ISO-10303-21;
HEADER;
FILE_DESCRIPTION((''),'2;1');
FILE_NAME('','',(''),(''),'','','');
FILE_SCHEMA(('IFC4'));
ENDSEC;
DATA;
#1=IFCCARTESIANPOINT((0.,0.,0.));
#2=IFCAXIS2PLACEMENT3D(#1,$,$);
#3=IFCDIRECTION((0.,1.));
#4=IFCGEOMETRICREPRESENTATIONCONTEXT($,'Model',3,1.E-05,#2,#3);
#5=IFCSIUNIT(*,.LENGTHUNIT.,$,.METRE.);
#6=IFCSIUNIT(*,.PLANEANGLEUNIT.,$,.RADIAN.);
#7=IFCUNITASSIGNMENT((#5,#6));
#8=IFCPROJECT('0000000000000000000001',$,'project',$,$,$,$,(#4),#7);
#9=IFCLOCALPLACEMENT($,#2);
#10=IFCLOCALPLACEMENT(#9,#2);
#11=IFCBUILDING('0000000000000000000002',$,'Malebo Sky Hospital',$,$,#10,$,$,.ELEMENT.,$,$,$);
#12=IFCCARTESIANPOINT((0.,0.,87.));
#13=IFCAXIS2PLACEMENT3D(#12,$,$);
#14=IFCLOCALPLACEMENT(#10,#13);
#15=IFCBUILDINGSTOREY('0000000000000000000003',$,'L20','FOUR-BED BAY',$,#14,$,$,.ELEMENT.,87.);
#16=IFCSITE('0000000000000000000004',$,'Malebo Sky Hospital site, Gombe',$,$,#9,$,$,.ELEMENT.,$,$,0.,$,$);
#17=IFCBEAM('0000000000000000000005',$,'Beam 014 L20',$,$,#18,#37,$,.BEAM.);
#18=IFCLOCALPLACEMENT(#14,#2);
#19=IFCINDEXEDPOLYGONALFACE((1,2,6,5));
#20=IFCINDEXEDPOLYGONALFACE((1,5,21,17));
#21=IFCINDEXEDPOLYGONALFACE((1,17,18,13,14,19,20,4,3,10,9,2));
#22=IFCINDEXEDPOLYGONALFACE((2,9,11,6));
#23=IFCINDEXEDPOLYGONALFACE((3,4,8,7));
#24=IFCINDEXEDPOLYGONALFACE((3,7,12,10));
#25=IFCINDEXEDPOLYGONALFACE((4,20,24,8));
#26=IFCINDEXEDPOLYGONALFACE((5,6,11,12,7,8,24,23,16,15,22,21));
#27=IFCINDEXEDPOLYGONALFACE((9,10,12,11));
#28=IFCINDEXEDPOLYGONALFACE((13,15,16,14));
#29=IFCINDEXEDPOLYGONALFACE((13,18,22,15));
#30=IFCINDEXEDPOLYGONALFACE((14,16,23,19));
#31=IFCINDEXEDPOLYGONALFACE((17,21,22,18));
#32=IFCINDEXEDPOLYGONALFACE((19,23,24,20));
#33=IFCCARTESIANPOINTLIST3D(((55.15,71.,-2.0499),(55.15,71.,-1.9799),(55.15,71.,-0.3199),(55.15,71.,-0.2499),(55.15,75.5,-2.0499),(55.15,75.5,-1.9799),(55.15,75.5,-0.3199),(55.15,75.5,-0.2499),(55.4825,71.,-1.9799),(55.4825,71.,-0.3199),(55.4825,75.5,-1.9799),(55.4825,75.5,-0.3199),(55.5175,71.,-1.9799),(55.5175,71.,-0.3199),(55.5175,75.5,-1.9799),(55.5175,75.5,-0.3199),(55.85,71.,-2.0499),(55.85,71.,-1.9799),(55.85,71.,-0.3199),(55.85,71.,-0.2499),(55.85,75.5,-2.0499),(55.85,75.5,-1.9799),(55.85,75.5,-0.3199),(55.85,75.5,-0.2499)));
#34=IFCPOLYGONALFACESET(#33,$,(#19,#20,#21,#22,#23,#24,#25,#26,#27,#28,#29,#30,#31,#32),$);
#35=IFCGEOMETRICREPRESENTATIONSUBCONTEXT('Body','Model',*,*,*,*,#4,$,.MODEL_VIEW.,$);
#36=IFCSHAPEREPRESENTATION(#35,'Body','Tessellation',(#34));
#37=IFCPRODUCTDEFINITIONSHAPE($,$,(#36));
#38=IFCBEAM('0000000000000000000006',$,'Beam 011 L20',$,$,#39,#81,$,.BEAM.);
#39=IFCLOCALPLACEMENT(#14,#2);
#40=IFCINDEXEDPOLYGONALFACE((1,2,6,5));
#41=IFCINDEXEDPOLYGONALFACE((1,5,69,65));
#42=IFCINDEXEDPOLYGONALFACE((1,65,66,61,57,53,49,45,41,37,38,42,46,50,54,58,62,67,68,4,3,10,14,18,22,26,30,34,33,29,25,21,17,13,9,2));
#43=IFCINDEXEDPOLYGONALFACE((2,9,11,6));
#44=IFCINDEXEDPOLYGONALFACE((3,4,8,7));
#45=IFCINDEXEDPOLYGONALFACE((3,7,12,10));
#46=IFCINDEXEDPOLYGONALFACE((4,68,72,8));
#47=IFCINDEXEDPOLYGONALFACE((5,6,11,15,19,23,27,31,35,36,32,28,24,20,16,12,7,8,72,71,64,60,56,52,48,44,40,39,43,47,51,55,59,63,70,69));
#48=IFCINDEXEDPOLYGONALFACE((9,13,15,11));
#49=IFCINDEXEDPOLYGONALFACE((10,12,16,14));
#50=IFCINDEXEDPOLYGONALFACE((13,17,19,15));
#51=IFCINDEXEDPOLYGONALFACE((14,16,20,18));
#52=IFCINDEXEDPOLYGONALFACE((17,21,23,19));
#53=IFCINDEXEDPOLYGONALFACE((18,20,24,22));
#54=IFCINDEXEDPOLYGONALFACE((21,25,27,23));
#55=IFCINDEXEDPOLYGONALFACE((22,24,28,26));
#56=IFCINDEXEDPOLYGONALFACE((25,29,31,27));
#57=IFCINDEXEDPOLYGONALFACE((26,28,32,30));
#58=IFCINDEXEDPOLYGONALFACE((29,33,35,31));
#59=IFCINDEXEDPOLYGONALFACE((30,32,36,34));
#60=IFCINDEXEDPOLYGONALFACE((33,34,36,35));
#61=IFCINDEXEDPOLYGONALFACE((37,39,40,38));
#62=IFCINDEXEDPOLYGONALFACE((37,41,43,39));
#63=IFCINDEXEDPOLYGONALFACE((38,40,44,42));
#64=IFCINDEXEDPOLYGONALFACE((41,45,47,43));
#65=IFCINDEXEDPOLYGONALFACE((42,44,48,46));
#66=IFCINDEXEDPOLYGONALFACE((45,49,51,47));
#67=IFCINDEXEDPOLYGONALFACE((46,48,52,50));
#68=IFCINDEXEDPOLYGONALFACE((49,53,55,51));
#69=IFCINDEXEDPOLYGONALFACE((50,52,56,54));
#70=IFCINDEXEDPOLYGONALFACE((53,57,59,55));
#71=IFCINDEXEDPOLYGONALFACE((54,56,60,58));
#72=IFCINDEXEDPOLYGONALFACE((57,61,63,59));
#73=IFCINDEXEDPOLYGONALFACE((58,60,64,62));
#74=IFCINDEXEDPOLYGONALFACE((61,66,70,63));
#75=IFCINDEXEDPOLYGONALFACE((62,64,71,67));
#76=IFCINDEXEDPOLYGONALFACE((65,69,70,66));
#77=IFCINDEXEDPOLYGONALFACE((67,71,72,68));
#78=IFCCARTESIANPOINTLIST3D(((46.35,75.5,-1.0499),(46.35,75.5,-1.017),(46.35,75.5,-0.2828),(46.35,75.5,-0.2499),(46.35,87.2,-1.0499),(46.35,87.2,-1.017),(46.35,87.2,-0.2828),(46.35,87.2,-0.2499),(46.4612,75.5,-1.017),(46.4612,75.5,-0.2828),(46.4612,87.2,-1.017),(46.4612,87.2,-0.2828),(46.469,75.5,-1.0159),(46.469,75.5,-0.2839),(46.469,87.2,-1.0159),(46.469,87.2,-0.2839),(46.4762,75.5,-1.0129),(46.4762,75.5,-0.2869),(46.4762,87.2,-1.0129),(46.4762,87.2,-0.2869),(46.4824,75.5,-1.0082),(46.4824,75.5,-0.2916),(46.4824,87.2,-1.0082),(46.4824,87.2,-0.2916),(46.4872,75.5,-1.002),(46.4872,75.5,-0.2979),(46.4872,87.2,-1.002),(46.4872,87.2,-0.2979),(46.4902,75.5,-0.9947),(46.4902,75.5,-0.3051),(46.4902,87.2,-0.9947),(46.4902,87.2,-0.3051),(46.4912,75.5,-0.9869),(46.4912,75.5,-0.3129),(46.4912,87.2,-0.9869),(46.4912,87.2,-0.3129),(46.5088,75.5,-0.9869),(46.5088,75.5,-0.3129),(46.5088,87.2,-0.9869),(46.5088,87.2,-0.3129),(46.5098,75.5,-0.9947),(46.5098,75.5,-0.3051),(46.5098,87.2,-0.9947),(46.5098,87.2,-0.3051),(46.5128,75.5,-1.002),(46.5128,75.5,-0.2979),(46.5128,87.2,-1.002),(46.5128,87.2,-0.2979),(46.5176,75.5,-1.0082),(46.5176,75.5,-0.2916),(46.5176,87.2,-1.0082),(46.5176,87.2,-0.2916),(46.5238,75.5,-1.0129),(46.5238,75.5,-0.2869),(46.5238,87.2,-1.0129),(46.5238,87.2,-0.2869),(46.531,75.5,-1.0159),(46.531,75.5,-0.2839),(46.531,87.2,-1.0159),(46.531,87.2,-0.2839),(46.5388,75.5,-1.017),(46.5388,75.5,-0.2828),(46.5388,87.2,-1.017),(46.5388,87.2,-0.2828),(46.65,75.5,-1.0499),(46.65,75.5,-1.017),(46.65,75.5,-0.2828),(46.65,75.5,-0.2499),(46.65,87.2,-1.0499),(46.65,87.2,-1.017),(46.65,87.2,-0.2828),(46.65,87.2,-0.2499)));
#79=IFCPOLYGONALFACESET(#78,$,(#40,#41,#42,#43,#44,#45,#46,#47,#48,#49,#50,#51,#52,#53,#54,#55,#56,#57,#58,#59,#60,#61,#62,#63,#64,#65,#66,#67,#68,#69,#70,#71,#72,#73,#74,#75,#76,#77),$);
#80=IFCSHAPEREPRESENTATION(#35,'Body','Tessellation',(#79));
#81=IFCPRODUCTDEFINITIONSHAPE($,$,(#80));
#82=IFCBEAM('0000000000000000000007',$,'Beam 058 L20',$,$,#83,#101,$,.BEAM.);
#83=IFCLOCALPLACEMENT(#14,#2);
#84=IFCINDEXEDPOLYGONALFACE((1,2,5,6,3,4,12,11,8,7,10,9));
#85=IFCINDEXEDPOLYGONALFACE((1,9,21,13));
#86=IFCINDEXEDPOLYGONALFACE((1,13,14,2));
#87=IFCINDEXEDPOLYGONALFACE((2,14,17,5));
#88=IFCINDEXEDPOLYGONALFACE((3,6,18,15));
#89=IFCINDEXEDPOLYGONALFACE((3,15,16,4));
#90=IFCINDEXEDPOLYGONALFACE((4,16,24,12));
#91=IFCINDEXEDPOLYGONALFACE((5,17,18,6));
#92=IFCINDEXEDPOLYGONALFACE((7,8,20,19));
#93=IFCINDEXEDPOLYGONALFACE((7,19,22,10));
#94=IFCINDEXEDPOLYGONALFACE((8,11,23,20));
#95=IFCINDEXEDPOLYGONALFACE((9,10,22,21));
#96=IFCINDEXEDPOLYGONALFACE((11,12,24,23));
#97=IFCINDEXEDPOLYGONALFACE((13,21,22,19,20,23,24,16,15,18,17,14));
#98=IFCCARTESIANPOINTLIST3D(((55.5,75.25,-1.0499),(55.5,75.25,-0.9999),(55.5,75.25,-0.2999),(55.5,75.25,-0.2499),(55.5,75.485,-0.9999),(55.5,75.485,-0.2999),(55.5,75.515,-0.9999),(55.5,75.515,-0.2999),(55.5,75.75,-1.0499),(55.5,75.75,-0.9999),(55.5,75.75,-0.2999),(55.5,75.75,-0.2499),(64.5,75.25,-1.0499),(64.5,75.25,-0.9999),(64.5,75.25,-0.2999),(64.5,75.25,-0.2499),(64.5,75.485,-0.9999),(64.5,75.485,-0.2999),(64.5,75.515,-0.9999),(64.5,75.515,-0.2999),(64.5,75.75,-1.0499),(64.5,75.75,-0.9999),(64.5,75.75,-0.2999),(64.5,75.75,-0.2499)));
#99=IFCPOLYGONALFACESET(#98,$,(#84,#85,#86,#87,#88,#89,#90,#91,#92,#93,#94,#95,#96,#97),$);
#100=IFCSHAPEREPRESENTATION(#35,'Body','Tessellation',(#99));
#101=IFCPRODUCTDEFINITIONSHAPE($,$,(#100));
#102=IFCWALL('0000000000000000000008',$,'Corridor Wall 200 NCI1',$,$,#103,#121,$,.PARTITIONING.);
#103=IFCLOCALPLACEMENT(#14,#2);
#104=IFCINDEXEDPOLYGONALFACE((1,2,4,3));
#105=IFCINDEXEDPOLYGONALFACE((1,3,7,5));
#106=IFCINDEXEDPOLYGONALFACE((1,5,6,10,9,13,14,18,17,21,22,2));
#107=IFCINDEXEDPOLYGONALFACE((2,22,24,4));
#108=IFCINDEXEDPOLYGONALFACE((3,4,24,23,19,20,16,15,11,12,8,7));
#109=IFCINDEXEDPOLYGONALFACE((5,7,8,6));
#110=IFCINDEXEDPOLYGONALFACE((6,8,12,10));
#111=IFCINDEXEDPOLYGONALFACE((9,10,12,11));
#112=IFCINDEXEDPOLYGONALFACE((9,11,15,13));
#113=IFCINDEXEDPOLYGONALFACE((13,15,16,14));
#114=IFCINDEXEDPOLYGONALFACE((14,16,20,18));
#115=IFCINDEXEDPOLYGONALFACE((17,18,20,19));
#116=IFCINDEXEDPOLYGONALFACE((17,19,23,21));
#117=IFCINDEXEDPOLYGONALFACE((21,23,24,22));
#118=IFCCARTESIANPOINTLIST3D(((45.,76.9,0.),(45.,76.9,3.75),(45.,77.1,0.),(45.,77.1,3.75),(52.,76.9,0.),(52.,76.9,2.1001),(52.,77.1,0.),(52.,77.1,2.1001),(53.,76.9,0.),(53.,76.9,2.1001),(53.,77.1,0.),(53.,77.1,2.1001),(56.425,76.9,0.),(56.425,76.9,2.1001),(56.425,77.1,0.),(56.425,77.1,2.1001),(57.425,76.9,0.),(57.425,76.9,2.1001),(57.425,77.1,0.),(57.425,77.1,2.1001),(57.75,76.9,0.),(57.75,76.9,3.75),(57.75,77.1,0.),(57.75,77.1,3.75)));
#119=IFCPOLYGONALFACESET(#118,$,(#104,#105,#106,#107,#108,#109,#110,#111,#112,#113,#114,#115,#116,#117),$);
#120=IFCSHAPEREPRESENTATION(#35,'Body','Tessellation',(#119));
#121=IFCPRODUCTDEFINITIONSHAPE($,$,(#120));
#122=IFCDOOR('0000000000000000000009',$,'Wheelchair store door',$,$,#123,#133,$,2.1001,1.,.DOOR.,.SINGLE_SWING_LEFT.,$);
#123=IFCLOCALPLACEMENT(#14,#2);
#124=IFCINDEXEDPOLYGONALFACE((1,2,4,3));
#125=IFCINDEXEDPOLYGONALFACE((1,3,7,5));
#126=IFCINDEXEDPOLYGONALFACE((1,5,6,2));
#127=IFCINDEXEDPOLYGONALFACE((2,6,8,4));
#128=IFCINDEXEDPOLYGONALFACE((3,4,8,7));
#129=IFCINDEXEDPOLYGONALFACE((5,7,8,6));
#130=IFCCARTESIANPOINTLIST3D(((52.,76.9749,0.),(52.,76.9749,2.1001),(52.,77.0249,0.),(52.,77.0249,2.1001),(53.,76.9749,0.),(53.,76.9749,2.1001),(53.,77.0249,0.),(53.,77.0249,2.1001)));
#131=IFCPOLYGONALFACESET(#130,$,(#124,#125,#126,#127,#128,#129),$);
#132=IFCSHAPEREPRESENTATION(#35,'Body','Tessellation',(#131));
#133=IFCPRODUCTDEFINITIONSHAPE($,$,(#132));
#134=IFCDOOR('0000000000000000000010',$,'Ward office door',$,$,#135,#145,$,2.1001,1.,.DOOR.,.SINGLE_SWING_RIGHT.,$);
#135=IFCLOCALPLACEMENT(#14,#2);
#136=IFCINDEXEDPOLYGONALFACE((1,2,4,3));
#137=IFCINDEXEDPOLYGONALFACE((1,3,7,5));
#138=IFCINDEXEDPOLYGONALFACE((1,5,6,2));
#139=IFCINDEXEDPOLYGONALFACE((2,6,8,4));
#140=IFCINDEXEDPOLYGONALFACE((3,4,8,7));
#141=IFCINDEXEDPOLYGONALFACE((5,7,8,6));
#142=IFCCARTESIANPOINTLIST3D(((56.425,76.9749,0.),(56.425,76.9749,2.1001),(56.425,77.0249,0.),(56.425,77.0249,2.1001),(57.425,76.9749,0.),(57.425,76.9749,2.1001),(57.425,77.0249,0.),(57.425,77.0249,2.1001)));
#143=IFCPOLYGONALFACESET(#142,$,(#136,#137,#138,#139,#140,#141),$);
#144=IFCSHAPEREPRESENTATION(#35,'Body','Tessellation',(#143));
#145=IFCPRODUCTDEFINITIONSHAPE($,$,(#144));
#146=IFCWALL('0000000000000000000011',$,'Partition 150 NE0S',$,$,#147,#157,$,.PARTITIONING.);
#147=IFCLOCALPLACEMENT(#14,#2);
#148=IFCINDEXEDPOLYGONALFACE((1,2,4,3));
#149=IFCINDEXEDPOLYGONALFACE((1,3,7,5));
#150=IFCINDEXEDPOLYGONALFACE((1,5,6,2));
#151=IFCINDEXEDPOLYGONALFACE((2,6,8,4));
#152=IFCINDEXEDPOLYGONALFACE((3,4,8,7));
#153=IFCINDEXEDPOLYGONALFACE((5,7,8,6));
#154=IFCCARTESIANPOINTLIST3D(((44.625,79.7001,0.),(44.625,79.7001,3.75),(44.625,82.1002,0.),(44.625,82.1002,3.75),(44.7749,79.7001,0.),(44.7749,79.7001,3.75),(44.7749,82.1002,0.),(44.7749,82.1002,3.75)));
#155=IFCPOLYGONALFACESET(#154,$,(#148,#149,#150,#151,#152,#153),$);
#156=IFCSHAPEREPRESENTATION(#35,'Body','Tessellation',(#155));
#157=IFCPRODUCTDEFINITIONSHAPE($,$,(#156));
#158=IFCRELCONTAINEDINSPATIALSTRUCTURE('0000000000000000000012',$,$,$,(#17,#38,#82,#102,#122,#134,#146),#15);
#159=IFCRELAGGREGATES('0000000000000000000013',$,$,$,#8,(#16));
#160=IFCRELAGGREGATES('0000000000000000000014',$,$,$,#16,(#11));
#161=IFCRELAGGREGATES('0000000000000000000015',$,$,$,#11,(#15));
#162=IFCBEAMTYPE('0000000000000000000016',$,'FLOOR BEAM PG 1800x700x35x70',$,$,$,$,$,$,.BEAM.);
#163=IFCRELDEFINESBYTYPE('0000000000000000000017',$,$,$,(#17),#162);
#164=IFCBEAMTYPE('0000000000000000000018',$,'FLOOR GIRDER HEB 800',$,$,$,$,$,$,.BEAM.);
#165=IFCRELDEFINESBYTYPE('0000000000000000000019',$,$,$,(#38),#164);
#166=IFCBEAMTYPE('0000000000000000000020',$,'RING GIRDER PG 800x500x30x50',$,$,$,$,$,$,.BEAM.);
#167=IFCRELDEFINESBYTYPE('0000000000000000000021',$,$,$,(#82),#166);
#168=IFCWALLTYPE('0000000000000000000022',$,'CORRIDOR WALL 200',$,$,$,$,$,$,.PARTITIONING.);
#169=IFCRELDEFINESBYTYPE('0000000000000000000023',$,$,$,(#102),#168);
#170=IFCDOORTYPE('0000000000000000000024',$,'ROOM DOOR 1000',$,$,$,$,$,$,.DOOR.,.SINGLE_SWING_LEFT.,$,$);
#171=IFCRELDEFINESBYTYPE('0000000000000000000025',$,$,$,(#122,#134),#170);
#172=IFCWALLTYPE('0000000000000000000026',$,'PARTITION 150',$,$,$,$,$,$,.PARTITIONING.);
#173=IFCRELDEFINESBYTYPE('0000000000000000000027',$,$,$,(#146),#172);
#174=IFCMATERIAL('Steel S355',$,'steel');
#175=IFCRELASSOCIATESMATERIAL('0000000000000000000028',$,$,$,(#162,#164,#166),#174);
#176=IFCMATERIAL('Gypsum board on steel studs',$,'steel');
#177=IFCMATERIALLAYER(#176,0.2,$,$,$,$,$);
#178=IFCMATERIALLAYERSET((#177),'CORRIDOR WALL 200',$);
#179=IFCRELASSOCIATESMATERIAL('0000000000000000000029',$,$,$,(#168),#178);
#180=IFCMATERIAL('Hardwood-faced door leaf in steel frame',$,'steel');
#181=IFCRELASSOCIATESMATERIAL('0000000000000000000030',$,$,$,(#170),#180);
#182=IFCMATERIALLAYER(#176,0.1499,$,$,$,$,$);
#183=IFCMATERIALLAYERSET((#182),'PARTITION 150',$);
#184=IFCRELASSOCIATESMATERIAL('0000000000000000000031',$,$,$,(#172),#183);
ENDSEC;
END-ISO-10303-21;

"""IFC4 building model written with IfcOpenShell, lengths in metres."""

from ifc_helpers import new_model, si_unit, direction, frame, frame_2d, origin, origin_2d, place, context, subcontext, project, spatial, rectangle, i_section, extrude, material, layer, layer_set, material_profile, profile_set, type_object, element, fill, save


model = new_model("IFC4")

# Units and contexts
model_context = context("Model", 3, precision=1e-05, world=origin(), true_north=direction((0.0, 1.0)))
body_context = subcontext(model_context, "Body", "Model", "MODEL_VIEW")
ifc_project = project(units=[si_unit("LENGTHUNIT", "METRE"), si_unit("PLANEANGLEUNIT", "RADIAN")], contexts=[model_context])

# Site, building, storey
site_placement = place(None, origin())
site = spatial("IfcSite", under=ifc_project, at=site_placement, Name="Malebo Sky Hospital site, Gombe", CompositionType="ELEMENT", RefElevation=0.0)
building_placement = place(site_placement, origin())
building = spatial("IfcBuilding", under=site, at=building_placement, Name="Malebo Sky Hospital", CompositionType="ELEMENT")
storey_placement = place(building_placement, frame((0.0, 0.0, 87.0)))
storey = spatial("IfcBuildingStorey", under=building, at=storey_placement, Name="L20", Description="FOUR-BED BAY", CompositionType="ELEMENT", Elevation=87.0)

# Beams
ifc_material_1 = material(Name="Steel S355", Category="steel")
ifc_material_profile_1 = material_profile(ifc_material_1, i_section(OverallWidth=0.7, OverallDepth=1.8, WebThickness=0.0349, FlangeThickness=0.0701, at=origin_2d()), Name="PG 1800x700x35x70")
ifc_profile_set_1 = profile_set([ifc_material_profile_1], Name="Steel S355")
beam_type_1 = type_object("IfcBeamType", Name="FLOOR BEAM PG 1800x700x35x70", PredefinedType="BEAM", material=ifc_profile_set_1)
beam_1_placement = place(storey_placement, frame((55.5, 71.0, -1.1499), z_axis=(0.0, 1.0, 0.0), x_axis=(-1.0, 0.0, 0.0)))
element("IfcBeam", 1, at=beam_1_placement, inside=storey, type_object=beam_type_1, Name="Beam 014 L20", PredefinedType="BEAM", context=body_context, shape_type="SweptSolid", body=[
    extrude(i_section(OverallWidth=0.7, OverallDepth=1.8, WebThickness=0.0349, FlangeThickness=0.0701, at=origin_2d()), origin(), (0.0, 0.0, 1.0), 4.5),
])
ifc_material_profile_2 = material_profile(ifc_material_1, i_section(OverallWidth=0.3, OverallDepth=0.8, WebThickness=0.0176, FlangeThickness=0.033, FilletRadius=0.03, at=origin_2d()), Name="HEB 800")
ifc_profile_set_2 = profile_set([ifc_material_profile_2], Name="Steel S355")
beam_type_2 = type_object("IfcBeamType", Name="FLOOR GIRDER HEB 800", PredefinedType="BEAM", material=ifc_profile_set_2)
beam_2_placement = place(storey_placement, frame((46.5, 75.5, -0.6499), z_axis=(0.0, 1.0, 0.0), x_axis=(-1.0, 0.0, 0.0)))
element("IfcBeam", 2, at=beam_2_placement, inside=storey, type_object=beam_type_2, Name="Beam 011 L20", PredefinedType="BEAM", context=body_context, shape_type="SweptSolid", body=[
    extrude(i_section(OverallWidth=0.3, OverallDepth=0.8, WebThickness=0.0176, FlangeThickness=0.033, FilletRadius=0.03, at=origin_2d()), origin(), (0.0, 0.0, 1.0), 11.7),
])
ifc_material_profile_3 = material_profile(ifc_material_1, i_section(OverallWidth=0.5, OverallDepth=0.8, WebThickness=0.03, FlangeThickness=0.05, at=origin_2d()), Name="PG 800x500x30x50")
ifc_profile_set_3 = profile_set([ifc_material_profile_3], Name="Steel S355")
beam_type_3 = type_object("IfcBeamType", Name="RING GIRDER PG 800x500x30x50", PredefinedType="BEAM", material=ifc_profile_set_3)
beam_3_placement = place(storey_placement, frame((55.5, 75.5, -0.6499), z_axis=(1.0, 0.0, 0.0), x_axis=(0.0, 1.0, 0.0)))
element("IfcBeam", 3, at=beam_3_placement, inside=storey, type_object=beam_type_3, Name="Beam 058 L20", PredefinedType="BEAM", context=body_context, shape_type="SweptSolid", body=[
    extrude(i_section(OverallWidth=0.5, OverallDepth=0.8, WebThickness=0.03, FlangeThickness=0.05, at=origin_2d()), origin(), (0.0, 0.0, 1.0), 9.0),
])

# Wall, openings, doors
ifc_material_2 = material(Name="Gypsum board on steel studs", Category="steel")
ifc_layer_1 = layer(ifc_material_2, 0.2)
ifc_layer_set_1 = layer_set([ifc_layer_1], Name="CORRIDOR WALL 200")
wall_type_1 = type_object("IfcWallType", Name="CORRIDOR WALL 200", PredefinedType="PARTITIONING", material=ifc_layer_set_1)
wall_1_placement = place(storey_placement, frame((45.0, 77.0, 0.0), z_axis=(0.0, 0.0, 1.0), x_axis=(1.0, 0.0, 0.0)))
wall_1 = element("IfcWall", 4, at=wall_1_placement, inside=storey, type_object=wall_type_1, Name="Corridor Wall 200 NCI1", PredefinedType="PARTITIONING", context=body_context, shape_type="SweptSolid", body=[
    extrude(rectangle(XDim=12.75, YDim=0.2, at=frame_2d((6.375, 0.0))), origin(), (0.0, 0.0, 1.0), 3.75),
])
opening_1_placement = place(wall_1_placement, frame((7.0, 0.0, 0.0)))
opening_1 = element("IfcOpeningElement", 5, at=opening_1_placement, cuts=wall_1, PredefinedType="OPENING", context=body_context, shape_type="SweptSolid", body=[
    extrude(rectangle(XDim=1.0, YDim=2.1001, at=frame_2d((0.5, 1.05))), frame((0.0, 0.1099, 0.0), z_axis=(0.0, -1.0, 0.0), x_axis=(1.0, 0.0, 0.0)), (0.0, 0.0, 1.0), 0.22),
])
opening_2_placement = place(wall_1_placement, frame((11.425, 0.0, 0.0)))
opening_2 = element("IfcOpeningElement", 6, at=opening_2_placement, cuts=wall_1, PredefinedType="OPENING", context=body_context, shape_type="SweptSolid", body=[
    extrude(rectangle(XDim=1.0, YDim=2.1001, at=frame_2d((0.5, 1.05))), frame((0.0, 0.1099, 0.0), z_axis=(0.0, -1.0, 0.0), x_axis=(1.0, 0.0, 0.0)), (0.0, 0.0, 1.0), 0.22),
])
ifc_material_3 = material(Name="Hardwood-faced door leaf in steel frame", Category="steel")
door_type_1 = type_object("IfcDoorType", Name="ROOM DOOR 1000", OperationType="SINGLE_SWING_LEFT", PredefinedType="DOOR", material=ifc_material_3)
door_1_placement = place(opening_1_placement, origin())
door_1 = element("IfcDoor", 7, at=door_1_placement, inside=storey, type_object=door_type_1, Name="Wheelchair store door", OperationType="SINGLE_SWING_LEFT", OverallHeight=2.1001, OverallWidth=1.0, PredefinedType="DOOR", context=body_context, shape_type="SweptSolid", body=[
    extrude(rectangle(XDim=1.0, YDim=2.1001, at=frame_2d((0.5, 1.05))), frame((0.0, 0.0249, 0.0), z_axis=(0.0, -1.0, 0.0), x_axis=(1.0, 0.0, 0.0)), (0.0, 0.0, 1.0), 0.05),
])
fill(opening_1, door_1)
door_2_placement = place(opening_2_placement, origin())
door_2 = element("IfcDoor", 8, at=door_2_placement, inside=storey, type_object=door_type_1, Name="Ward office door", OperationType="SINGLE_SWING_RIGHT", OverallHeight=2.1001, OverallWidth=1.0, PredefinedType="DOOR", context=body_context, shape_type="SweptSolid", body=[
    extrude(rectangle(XDim=1.0, YDim=2.1001, at=frame_2d((0.5, 1.05))), frame((0.0, 0.0249, 0.0), z_axis=(0.0, -1.0, 0.0), x_axis=(1.0, 0.0, 0.0)), (0.0, 0.0, 1.0), 0.05),
])
fill(opening_2, door_2)

# Wall
ifc_layer_2 = layer(ifc_material_2, 0.1499)
ifc_layer_set_2 = layer_set([ifc_layer_2], Name="PARTITION 150")
wall_type_2 = type_object("IfcWallType", Name="PARTITION 150", PredefinedType="PARTITIONING", material=ifc_layer_set_2)
wall_2_placement = place(storey_placement, frame((44.7, 79.7, 0.0), z_axis=(0.0, 0.0, 1.0), x_axis=(0.0, 1.0, 0.0)))
element("IfcWall", 9, at=wall_2_placement, inside=storey, type_object=wall_type_2, Name="Partition 150 NE0S", PredefinedType="PARTITIONING", context=body_context, shape_type="SweptSolid", body=[
    extrude(rectangle(XDim=2.4001, YDim=0.1499, at=frame_2d((1.2002, 0.0))), origin(), (0.0, 0.0, 1.0), 3.75),
])

save(model, "model.ifc")
